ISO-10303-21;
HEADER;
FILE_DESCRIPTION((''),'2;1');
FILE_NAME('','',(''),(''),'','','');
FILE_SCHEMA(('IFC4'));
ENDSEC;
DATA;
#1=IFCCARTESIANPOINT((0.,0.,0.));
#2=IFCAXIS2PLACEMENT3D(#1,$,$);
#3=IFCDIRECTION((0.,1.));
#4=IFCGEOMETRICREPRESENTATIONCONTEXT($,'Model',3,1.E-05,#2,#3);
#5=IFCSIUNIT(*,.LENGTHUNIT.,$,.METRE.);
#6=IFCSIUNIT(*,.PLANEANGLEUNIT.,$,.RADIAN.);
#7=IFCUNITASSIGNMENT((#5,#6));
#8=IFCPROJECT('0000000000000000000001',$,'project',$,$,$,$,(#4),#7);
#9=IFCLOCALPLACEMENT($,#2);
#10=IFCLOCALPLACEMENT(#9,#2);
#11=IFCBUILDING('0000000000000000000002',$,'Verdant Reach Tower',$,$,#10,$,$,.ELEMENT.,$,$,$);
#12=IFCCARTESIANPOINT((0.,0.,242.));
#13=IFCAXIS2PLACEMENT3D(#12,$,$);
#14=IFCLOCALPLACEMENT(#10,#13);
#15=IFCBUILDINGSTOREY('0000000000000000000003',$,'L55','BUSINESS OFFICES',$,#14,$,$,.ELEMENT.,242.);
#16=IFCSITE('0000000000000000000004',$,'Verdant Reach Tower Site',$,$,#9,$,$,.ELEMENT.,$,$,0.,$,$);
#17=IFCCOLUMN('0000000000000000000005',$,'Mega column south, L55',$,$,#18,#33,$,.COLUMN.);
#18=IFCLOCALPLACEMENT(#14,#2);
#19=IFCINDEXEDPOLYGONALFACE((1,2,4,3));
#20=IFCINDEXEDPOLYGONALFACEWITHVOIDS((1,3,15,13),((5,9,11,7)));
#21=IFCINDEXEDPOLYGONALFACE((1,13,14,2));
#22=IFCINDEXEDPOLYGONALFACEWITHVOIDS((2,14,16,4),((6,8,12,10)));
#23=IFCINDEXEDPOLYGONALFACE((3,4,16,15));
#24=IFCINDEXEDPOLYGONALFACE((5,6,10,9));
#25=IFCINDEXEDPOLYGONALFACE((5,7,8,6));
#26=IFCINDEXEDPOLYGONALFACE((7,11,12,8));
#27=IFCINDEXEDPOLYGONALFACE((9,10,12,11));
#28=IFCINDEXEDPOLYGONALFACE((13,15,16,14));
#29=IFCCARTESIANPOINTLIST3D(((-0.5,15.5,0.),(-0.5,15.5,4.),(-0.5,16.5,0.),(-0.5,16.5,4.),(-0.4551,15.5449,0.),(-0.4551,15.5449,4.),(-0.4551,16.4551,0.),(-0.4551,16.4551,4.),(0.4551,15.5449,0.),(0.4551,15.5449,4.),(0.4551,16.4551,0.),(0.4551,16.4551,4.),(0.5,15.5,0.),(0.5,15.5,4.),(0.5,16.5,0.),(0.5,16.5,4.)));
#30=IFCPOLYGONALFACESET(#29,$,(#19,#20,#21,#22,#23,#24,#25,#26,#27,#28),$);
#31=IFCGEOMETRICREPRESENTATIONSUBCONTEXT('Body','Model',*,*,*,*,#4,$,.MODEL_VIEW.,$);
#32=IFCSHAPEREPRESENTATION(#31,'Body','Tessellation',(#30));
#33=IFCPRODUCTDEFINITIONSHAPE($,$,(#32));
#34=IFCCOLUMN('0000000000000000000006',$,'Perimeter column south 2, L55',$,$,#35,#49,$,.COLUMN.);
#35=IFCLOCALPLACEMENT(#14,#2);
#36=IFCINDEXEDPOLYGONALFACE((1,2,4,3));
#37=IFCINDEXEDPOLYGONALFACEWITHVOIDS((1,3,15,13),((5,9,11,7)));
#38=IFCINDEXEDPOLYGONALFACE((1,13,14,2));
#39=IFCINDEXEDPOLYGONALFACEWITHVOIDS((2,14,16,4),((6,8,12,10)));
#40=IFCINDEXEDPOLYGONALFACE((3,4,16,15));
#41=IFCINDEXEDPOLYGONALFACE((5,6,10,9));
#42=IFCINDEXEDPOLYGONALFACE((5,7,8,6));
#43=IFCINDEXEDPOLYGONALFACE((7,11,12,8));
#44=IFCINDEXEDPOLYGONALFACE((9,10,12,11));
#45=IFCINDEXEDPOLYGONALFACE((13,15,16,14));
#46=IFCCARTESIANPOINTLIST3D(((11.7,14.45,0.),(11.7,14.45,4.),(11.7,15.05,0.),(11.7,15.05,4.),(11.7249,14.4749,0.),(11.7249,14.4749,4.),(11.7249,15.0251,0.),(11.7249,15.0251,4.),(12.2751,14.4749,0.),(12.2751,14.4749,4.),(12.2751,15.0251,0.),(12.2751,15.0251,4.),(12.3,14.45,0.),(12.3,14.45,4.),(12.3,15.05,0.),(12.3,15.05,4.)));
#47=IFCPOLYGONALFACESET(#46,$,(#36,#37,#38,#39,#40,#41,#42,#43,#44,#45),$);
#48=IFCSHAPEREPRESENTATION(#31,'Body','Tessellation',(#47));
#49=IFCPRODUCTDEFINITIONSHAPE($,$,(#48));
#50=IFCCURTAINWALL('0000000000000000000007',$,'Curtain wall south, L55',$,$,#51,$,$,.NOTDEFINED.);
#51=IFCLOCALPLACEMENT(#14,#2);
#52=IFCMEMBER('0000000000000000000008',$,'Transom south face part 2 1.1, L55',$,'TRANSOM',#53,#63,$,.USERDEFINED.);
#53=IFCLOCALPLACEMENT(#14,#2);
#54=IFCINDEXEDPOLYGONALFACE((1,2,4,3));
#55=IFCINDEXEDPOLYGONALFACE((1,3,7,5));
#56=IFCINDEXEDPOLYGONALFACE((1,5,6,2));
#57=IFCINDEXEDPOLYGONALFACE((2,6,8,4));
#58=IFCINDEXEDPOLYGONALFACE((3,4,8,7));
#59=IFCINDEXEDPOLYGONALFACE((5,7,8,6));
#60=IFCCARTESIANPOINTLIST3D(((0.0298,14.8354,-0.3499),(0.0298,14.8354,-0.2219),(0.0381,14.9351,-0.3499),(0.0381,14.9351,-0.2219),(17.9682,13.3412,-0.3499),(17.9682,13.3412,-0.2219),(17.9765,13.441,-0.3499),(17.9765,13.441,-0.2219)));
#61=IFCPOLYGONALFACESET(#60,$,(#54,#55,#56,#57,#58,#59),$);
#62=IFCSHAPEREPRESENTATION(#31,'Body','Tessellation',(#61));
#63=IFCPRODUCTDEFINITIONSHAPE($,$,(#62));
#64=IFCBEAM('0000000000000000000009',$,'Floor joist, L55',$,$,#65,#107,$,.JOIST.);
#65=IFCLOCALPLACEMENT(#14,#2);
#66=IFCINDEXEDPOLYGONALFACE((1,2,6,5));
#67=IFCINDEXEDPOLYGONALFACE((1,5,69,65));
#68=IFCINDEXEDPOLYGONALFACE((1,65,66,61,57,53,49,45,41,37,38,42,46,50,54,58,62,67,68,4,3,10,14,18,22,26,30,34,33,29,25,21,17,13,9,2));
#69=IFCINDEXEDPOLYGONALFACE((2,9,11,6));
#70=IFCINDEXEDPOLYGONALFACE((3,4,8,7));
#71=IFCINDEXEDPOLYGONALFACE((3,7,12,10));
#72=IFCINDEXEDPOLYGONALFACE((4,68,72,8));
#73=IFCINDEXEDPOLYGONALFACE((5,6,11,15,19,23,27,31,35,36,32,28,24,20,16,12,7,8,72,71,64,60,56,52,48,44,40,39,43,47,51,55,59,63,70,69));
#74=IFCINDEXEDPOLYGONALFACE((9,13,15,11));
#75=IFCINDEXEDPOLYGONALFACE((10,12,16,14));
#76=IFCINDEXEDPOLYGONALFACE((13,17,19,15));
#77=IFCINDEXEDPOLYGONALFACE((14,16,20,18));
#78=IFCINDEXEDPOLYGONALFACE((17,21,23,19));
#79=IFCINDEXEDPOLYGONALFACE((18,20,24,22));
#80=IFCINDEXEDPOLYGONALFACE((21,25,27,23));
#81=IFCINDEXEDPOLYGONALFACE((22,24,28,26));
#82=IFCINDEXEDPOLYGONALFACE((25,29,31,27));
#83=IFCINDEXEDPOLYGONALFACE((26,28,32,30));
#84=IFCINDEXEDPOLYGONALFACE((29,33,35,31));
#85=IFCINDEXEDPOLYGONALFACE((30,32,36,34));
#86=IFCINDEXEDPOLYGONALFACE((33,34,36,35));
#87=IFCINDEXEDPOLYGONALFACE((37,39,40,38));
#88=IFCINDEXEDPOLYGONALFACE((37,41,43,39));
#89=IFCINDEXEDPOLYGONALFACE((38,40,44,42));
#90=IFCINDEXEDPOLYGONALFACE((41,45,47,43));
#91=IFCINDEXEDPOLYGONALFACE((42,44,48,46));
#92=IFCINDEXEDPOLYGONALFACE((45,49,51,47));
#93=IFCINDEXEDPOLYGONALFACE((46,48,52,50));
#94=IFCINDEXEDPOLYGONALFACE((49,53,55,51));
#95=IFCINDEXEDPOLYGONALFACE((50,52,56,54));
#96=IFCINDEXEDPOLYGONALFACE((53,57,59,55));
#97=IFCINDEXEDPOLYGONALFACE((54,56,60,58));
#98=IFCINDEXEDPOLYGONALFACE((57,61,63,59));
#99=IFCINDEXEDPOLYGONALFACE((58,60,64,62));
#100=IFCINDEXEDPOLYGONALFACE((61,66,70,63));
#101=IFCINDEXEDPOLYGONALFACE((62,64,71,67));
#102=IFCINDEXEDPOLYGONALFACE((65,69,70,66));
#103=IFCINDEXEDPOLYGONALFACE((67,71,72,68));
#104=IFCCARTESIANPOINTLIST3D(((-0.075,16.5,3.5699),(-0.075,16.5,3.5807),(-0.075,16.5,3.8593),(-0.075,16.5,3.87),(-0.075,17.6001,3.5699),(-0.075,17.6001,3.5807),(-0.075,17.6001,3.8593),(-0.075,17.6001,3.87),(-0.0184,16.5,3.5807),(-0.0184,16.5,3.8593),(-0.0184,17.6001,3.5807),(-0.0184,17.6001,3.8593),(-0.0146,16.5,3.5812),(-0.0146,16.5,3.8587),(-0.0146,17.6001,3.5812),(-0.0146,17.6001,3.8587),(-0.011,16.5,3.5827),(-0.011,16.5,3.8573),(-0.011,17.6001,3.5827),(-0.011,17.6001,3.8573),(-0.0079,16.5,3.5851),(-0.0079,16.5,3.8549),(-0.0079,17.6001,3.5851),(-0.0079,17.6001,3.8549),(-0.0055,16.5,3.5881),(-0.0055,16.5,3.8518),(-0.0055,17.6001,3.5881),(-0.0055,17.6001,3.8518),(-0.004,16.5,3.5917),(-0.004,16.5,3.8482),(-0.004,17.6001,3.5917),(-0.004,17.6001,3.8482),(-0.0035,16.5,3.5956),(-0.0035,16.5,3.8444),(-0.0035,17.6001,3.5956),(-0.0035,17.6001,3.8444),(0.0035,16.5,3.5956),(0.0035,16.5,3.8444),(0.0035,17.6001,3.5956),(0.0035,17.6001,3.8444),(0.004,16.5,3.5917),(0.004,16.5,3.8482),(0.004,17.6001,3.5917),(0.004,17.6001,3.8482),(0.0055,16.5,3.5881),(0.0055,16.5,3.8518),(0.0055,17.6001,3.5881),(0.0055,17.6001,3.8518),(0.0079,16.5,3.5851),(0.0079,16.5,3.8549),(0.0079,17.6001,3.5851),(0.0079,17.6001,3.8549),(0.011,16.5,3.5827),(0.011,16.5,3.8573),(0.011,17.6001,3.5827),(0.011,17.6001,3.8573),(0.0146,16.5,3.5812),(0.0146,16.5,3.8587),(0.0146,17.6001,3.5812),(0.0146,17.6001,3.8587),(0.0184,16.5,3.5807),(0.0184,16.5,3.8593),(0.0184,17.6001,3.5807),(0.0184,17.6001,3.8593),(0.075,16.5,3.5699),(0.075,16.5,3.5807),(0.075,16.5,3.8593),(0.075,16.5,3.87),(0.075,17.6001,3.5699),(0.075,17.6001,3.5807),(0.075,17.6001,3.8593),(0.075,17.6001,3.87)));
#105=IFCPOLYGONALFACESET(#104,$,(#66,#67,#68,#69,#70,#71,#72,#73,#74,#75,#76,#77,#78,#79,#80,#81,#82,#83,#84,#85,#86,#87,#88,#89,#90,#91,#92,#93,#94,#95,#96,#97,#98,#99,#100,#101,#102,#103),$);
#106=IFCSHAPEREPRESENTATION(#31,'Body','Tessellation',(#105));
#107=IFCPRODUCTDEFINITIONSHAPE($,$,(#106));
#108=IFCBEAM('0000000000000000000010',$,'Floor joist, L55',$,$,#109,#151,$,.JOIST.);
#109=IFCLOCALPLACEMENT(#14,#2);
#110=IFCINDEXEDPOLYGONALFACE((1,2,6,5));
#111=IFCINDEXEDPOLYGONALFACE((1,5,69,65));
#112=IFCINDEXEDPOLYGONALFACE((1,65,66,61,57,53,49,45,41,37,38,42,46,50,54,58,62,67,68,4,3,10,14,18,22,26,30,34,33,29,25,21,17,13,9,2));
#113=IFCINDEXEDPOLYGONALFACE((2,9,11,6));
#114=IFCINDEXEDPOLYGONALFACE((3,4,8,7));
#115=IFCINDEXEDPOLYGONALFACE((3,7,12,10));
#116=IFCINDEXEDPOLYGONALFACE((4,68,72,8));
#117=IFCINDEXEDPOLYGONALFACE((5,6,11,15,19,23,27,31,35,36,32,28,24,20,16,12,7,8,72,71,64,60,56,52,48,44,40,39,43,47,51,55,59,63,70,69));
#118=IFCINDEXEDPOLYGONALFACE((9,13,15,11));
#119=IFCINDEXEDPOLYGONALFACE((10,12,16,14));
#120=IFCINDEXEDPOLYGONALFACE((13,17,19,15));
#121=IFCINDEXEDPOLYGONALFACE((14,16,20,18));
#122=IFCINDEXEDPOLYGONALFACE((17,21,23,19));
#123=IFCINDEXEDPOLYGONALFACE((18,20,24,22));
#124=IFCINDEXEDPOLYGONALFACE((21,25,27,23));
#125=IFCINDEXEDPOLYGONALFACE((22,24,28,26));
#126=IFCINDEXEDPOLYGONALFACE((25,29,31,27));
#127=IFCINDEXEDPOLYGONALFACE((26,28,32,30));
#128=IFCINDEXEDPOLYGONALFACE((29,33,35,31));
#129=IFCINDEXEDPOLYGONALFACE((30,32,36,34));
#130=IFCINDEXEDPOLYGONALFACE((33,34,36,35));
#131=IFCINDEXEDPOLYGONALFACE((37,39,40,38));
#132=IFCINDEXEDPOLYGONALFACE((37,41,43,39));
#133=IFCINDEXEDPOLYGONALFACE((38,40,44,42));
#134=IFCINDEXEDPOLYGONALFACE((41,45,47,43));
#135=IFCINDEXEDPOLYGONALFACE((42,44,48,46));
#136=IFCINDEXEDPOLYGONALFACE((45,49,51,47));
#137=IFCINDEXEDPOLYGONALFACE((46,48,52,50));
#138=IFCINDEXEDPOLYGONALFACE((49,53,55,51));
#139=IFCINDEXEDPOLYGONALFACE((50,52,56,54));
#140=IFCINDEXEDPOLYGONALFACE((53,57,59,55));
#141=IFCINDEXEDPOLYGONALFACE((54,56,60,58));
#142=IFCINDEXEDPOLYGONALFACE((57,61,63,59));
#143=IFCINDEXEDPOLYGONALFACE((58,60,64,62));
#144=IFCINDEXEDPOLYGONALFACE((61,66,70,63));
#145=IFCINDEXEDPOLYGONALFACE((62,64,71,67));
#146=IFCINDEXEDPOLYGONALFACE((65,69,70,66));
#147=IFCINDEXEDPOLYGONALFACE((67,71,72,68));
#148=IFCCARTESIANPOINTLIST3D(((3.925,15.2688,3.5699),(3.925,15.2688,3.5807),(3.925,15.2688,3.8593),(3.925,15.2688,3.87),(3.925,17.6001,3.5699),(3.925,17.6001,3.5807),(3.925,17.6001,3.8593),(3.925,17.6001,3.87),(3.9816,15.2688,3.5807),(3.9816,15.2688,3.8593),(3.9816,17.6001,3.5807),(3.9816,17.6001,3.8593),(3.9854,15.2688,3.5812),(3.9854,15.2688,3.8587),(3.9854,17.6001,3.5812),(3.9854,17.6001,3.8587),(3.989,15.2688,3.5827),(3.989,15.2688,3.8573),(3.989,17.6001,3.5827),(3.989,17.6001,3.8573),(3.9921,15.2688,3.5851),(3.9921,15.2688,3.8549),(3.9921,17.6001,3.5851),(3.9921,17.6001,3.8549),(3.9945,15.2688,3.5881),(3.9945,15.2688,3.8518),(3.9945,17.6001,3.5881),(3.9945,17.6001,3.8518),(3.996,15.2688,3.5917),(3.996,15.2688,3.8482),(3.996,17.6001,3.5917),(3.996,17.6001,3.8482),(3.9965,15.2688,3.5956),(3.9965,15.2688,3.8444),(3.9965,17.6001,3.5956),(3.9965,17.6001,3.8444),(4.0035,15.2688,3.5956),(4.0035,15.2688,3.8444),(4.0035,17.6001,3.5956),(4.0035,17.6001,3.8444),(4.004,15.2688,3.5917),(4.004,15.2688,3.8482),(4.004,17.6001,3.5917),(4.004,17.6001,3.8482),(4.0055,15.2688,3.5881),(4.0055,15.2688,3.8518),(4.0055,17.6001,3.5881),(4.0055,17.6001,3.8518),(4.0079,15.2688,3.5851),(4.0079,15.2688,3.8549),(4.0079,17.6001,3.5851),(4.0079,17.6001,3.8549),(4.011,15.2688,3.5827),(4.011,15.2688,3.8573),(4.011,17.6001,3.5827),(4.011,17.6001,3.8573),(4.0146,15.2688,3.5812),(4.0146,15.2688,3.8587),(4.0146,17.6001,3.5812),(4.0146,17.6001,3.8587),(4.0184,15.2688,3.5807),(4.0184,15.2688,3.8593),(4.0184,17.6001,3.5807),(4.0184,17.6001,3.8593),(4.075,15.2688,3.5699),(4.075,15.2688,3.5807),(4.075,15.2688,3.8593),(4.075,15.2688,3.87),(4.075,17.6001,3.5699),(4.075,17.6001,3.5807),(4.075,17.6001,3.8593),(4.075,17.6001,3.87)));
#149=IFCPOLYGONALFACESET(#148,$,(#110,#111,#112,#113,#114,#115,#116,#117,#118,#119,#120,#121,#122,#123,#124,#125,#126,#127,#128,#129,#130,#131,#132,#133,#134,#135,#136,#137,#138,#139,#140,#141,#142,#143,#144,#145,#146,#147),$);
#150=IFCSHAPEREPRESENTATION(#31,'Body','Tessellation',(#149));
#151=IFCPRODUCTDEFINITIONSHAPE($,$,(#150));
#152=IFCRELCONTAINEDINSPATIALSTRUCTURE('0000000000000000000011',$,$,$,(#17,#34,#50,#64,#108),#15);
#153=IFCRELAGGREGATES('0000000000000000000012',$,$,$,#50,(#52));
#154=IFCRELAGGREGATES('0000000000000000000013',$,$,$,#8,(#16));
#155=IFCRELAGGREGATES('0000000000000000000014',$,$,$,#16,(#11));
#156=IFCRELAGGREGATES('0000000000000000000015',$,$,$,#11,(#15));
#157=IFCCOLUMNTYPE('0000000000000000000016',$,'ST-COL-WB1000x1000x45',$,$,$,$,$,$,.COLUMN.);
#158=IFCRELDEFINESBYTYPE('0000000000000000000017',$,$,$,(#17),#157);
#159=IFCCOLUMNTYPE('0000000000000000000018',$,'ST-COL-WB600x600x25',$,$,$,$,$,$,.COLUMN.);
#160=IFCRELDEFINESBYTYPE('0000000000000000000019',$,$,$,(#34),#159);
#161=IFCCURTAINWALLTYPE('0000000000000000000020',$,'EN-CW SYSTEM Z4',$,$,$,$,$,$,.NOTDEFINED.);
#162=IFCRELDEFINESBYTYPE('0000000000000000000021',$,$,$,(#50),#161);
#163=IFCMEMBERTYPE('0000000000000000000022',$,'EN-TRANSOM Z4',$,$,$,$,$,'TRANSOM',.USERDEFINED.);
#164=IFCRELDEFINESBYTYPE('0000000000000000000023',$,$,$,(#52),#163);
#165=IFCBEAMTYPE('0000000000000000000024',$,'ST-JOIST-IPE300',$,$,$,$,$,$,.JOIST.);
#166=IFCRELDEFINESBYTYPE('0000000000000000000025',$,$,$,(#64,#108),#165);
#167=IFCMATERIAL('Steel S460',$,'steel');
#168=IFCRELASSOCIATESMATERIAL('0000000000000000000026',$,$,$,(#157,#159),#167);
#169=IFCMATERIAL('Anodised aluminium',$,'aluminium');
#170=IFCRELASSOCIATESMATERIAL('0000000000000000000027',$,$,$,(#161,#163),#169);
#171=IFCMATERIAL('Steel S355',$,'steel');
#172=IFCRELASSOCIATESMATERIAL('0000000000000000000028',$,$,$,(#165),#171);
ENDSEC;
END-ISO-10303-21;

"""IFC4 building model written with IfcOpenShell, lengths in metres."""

from ifc_helpers import new_model, si_unit, direction, frame, origin, origin_2d, place, context, subcontext, project, spatial, rectangle, hollow_rectangle, i_section, extrude, material, material_profile, profile_set, type_object, element, aggregate, save


model = new_model("IFC4")

# Units and contexts
model_context = context("Model", 3, precision=1e-05, world=origin(), true_north=direction((0.0, 1.0)))
body_context = subcontext(model_context, "Body", "Model", "MODEL_VIEW")
ifc_project = project(units=[si_unit("LENGTHUNIT", "METRE"), si_unit("PLANEANGLEUNIT", "RADIAN")], contexts=[model_context])

# Site, building, storey
site_placement = place(None, origin())
site = spatial("IfcSite", under=ifc_project, at=site_placement, Name="Verdant Reach Tower Site", CompositionType="ELEMENT", RefElevation=0.0)
building_placement = place(site_placement, origin())
building = spatial("IfcBuilding", under=site, at=building_placement, Name="Verdant Reach Tower", CompositionType="ELEMENT")
storey_placement = place(building_placement, frame((0.0, 0.0, 242.0)))
storey = spatial("IfcBuildingStorey", under=building, at=storey_placement, Name="L55", Description="BUSINESS OFFICES", CompositionType="ELEMENT", Elevation=242.0)

# Columns
ifc_material_1 = material(Name="Steel S460", Category="steel")
ifc_material_profile_1 = material_profile(ifc_material_1, hollow_rectangle(XDim=1.0, YDim=1.0, WallThickness=0.0449, at=origin_2d()), Name="WB 1000x1000x45")
ifc_profile_set_1 = profile_set([ifc_material_profile_1], Name="Steel S460")
column_type_1 = type_object("IfcColumnType", Name="ST-COL-WB1000x1000x45", PredefinedType="COLUMN", material=ifc_profile_set_1)
column_1_placement = place(storey_placement, frame((0.0, 16.0, 0.0), z_axis=(0.0, 0.0, 1.0), x_axis=(1.0, 0.0, 0.0)))
element("IfcColumn", 1, at=column_1_placement, inside=storey, type_object=column_type_1, Name="Mega column south, L55", PredefinedType="COLUMN", context=body_context, shape_type="SweptSolid", body=[
    extrude(hollow_rectangle(XDim=1.0, YDim=1.0, WallThickness=0.0449, at=origin_2d()), origin(), (0.0, 0.0, 1.0), 4.0),
])
ifc_material_profile_2 = material_profile(ifc_material_1, hollow_rectangle(XDim=0.6001, YDim=0.6001, WallThickness=0.0249, at=origin_2d()), Name="WB 600x600x25")
ifc_profile_set_2 = profile_set([ifc_material_profile_2], Name="Steel S460")
column_type_2 = type_object("IfcColumnType", Name="ST-COL-WB600x600x25", PredefinedType="COLUMN", material=ifc_profile_set_2)
column_2_placement = place(storey_placement, frame((12.0, 14.75, 0.0), z_axis=(0.0, 0.0, 1.0), x_axis=(1.0, 0.0, 0.0)))
element("IfcColumn", 2, at=column_2_placement, inside=storey, type_object=column_type_2, Name="Perimeter column south 2, L55", PredefinedType="COLUMN", context=body_context, shape_type="SweptSolid", body=[
    extrude(hollow_rectangle(XDim=0.6001, YDim=0.6001, WallThickness=0.0249, at=origin_2d()), origin(), (0.0, 0.0, 1.0), 4.0),
])

# Curtain wall, member
ifc_material_2 = material(Name="Anodised aluminium", Category="aluminium")
curtain_wall_type = type_object("IfcCurtainWallType", Name="EN-CW SYSTEM Z4", PredefinedType="NOTDEFINED", material=ifc_material_2)
curtain_wall_placement = place(storey_placement, origin())
curtain_wall = element("IfcCurtainWall", 3, at=curtain_wall_placement, inside=storey, type_object=curtain_wall_type, Name="Curtain wall south, L55", PredefinedType="NOTDEFINED")
ifc_material_profile_3 = material_profile(ifc_material_2, rectangle(XDim=0.1001, YDim=0.1279, at=origin_2d()), Name="Transom 128x100")
ifc_profile_set_3 = profile_set([ifc_material_profile_3], Name="Anodised aluminium")
member_type = type_object("IfcMemberType", Name="EN-TRANSOM Z4", ElementType="TRANSOM", PredefinedType="USERDEFINED", material=ifc_profile_set_3)
member_placement = place(storey_placement, frame((0.0339, 14.8853, -0.2859), z_axis=(0.996549, -0.083005, 0.0), x_axis=(0.083005, 0.996549, 0.0)))
member = element("IfcMember", 4, at=member_placement, type_object=member_type, Name="Transom south face part 2 1.1, L55", ObjectType="TRANSOM", PredefinedType="USERDEFINED", context=body_context, shape_type="SweptSolid", body=[
    extrude(rectangle(XDim=0.1001, YDim=0.1279, at=origin_2d()), origin(), (0.0, 0.0, 1.0), 18.0005),
])

# Beams
ifc_material_3 = material(Name="Steel S355", Category="steel")
ifc_material_profile_4 = material_profile(ifc_material_3, i_section(OverallWidth=0.1499, OverallDepth=0.3, WebThickness=0.0071, FlangeThickness=0.0107, FilletRadius=0.0149, at=origin_2d()), Name="IPE 300")
ifc_profile_set_4 = profile_set([ifc_material_profile_4], Name="Steel S355")
beam_type = type_object("IfcBeamType", Name="ST-JOIST-IPE300", PredefinedType="JOIST", material=ifc_profile_set_4)
beam_1_placement = place(storey_placement, frame((0.0, 17.6001, 3.72), z_axis=(0.0, -1.0, 0.0), x_axis=(1.0, 0.0, 0.0)))
element("IfcBeam", 5, at=beam_1_placement, inside=storey, type_object=beam_type, Name="Floor joist, L55", PredefinedType="JOIST", context=body_context, shape_type="SweptSolid", body=[
    extrude(i_section(OverallWidth=0.1499, OverallDepth=0.3, WebThickness=0.0071, FlangeThickness=0.0107, FilletRadius=0.0149, at=origin_2d()), origin(), (0.0, 0.0, 1.0), 1.1001),
])
beam_2_placement = place(storey_placement, frame((4.0, 17.6001, 3.72), z_axis=(0.0, -1.0, 0.0), x_axis=(1.0, 0.0, 0.0)))
element("IfcBeam", 6, at=beam_2_placement, inside=storey, type_object=beam_type, Name="Floor joist, L55", PredefinedType="JOIST", context=body_context, shape_type="SweptSolid", body=[
    extrude(i_section(OverallWidth=0.1499, OverallDepth=0.3, WebThickness=0.0071, FlangeThickness=0.0107, FilletRadius=0.0149, at=origin_2d()), origin(), (0.0, 0.0, 1.0), 2.3313),
])

aggregate(curtain_wall, [member])

save(model, "model.ifc")
